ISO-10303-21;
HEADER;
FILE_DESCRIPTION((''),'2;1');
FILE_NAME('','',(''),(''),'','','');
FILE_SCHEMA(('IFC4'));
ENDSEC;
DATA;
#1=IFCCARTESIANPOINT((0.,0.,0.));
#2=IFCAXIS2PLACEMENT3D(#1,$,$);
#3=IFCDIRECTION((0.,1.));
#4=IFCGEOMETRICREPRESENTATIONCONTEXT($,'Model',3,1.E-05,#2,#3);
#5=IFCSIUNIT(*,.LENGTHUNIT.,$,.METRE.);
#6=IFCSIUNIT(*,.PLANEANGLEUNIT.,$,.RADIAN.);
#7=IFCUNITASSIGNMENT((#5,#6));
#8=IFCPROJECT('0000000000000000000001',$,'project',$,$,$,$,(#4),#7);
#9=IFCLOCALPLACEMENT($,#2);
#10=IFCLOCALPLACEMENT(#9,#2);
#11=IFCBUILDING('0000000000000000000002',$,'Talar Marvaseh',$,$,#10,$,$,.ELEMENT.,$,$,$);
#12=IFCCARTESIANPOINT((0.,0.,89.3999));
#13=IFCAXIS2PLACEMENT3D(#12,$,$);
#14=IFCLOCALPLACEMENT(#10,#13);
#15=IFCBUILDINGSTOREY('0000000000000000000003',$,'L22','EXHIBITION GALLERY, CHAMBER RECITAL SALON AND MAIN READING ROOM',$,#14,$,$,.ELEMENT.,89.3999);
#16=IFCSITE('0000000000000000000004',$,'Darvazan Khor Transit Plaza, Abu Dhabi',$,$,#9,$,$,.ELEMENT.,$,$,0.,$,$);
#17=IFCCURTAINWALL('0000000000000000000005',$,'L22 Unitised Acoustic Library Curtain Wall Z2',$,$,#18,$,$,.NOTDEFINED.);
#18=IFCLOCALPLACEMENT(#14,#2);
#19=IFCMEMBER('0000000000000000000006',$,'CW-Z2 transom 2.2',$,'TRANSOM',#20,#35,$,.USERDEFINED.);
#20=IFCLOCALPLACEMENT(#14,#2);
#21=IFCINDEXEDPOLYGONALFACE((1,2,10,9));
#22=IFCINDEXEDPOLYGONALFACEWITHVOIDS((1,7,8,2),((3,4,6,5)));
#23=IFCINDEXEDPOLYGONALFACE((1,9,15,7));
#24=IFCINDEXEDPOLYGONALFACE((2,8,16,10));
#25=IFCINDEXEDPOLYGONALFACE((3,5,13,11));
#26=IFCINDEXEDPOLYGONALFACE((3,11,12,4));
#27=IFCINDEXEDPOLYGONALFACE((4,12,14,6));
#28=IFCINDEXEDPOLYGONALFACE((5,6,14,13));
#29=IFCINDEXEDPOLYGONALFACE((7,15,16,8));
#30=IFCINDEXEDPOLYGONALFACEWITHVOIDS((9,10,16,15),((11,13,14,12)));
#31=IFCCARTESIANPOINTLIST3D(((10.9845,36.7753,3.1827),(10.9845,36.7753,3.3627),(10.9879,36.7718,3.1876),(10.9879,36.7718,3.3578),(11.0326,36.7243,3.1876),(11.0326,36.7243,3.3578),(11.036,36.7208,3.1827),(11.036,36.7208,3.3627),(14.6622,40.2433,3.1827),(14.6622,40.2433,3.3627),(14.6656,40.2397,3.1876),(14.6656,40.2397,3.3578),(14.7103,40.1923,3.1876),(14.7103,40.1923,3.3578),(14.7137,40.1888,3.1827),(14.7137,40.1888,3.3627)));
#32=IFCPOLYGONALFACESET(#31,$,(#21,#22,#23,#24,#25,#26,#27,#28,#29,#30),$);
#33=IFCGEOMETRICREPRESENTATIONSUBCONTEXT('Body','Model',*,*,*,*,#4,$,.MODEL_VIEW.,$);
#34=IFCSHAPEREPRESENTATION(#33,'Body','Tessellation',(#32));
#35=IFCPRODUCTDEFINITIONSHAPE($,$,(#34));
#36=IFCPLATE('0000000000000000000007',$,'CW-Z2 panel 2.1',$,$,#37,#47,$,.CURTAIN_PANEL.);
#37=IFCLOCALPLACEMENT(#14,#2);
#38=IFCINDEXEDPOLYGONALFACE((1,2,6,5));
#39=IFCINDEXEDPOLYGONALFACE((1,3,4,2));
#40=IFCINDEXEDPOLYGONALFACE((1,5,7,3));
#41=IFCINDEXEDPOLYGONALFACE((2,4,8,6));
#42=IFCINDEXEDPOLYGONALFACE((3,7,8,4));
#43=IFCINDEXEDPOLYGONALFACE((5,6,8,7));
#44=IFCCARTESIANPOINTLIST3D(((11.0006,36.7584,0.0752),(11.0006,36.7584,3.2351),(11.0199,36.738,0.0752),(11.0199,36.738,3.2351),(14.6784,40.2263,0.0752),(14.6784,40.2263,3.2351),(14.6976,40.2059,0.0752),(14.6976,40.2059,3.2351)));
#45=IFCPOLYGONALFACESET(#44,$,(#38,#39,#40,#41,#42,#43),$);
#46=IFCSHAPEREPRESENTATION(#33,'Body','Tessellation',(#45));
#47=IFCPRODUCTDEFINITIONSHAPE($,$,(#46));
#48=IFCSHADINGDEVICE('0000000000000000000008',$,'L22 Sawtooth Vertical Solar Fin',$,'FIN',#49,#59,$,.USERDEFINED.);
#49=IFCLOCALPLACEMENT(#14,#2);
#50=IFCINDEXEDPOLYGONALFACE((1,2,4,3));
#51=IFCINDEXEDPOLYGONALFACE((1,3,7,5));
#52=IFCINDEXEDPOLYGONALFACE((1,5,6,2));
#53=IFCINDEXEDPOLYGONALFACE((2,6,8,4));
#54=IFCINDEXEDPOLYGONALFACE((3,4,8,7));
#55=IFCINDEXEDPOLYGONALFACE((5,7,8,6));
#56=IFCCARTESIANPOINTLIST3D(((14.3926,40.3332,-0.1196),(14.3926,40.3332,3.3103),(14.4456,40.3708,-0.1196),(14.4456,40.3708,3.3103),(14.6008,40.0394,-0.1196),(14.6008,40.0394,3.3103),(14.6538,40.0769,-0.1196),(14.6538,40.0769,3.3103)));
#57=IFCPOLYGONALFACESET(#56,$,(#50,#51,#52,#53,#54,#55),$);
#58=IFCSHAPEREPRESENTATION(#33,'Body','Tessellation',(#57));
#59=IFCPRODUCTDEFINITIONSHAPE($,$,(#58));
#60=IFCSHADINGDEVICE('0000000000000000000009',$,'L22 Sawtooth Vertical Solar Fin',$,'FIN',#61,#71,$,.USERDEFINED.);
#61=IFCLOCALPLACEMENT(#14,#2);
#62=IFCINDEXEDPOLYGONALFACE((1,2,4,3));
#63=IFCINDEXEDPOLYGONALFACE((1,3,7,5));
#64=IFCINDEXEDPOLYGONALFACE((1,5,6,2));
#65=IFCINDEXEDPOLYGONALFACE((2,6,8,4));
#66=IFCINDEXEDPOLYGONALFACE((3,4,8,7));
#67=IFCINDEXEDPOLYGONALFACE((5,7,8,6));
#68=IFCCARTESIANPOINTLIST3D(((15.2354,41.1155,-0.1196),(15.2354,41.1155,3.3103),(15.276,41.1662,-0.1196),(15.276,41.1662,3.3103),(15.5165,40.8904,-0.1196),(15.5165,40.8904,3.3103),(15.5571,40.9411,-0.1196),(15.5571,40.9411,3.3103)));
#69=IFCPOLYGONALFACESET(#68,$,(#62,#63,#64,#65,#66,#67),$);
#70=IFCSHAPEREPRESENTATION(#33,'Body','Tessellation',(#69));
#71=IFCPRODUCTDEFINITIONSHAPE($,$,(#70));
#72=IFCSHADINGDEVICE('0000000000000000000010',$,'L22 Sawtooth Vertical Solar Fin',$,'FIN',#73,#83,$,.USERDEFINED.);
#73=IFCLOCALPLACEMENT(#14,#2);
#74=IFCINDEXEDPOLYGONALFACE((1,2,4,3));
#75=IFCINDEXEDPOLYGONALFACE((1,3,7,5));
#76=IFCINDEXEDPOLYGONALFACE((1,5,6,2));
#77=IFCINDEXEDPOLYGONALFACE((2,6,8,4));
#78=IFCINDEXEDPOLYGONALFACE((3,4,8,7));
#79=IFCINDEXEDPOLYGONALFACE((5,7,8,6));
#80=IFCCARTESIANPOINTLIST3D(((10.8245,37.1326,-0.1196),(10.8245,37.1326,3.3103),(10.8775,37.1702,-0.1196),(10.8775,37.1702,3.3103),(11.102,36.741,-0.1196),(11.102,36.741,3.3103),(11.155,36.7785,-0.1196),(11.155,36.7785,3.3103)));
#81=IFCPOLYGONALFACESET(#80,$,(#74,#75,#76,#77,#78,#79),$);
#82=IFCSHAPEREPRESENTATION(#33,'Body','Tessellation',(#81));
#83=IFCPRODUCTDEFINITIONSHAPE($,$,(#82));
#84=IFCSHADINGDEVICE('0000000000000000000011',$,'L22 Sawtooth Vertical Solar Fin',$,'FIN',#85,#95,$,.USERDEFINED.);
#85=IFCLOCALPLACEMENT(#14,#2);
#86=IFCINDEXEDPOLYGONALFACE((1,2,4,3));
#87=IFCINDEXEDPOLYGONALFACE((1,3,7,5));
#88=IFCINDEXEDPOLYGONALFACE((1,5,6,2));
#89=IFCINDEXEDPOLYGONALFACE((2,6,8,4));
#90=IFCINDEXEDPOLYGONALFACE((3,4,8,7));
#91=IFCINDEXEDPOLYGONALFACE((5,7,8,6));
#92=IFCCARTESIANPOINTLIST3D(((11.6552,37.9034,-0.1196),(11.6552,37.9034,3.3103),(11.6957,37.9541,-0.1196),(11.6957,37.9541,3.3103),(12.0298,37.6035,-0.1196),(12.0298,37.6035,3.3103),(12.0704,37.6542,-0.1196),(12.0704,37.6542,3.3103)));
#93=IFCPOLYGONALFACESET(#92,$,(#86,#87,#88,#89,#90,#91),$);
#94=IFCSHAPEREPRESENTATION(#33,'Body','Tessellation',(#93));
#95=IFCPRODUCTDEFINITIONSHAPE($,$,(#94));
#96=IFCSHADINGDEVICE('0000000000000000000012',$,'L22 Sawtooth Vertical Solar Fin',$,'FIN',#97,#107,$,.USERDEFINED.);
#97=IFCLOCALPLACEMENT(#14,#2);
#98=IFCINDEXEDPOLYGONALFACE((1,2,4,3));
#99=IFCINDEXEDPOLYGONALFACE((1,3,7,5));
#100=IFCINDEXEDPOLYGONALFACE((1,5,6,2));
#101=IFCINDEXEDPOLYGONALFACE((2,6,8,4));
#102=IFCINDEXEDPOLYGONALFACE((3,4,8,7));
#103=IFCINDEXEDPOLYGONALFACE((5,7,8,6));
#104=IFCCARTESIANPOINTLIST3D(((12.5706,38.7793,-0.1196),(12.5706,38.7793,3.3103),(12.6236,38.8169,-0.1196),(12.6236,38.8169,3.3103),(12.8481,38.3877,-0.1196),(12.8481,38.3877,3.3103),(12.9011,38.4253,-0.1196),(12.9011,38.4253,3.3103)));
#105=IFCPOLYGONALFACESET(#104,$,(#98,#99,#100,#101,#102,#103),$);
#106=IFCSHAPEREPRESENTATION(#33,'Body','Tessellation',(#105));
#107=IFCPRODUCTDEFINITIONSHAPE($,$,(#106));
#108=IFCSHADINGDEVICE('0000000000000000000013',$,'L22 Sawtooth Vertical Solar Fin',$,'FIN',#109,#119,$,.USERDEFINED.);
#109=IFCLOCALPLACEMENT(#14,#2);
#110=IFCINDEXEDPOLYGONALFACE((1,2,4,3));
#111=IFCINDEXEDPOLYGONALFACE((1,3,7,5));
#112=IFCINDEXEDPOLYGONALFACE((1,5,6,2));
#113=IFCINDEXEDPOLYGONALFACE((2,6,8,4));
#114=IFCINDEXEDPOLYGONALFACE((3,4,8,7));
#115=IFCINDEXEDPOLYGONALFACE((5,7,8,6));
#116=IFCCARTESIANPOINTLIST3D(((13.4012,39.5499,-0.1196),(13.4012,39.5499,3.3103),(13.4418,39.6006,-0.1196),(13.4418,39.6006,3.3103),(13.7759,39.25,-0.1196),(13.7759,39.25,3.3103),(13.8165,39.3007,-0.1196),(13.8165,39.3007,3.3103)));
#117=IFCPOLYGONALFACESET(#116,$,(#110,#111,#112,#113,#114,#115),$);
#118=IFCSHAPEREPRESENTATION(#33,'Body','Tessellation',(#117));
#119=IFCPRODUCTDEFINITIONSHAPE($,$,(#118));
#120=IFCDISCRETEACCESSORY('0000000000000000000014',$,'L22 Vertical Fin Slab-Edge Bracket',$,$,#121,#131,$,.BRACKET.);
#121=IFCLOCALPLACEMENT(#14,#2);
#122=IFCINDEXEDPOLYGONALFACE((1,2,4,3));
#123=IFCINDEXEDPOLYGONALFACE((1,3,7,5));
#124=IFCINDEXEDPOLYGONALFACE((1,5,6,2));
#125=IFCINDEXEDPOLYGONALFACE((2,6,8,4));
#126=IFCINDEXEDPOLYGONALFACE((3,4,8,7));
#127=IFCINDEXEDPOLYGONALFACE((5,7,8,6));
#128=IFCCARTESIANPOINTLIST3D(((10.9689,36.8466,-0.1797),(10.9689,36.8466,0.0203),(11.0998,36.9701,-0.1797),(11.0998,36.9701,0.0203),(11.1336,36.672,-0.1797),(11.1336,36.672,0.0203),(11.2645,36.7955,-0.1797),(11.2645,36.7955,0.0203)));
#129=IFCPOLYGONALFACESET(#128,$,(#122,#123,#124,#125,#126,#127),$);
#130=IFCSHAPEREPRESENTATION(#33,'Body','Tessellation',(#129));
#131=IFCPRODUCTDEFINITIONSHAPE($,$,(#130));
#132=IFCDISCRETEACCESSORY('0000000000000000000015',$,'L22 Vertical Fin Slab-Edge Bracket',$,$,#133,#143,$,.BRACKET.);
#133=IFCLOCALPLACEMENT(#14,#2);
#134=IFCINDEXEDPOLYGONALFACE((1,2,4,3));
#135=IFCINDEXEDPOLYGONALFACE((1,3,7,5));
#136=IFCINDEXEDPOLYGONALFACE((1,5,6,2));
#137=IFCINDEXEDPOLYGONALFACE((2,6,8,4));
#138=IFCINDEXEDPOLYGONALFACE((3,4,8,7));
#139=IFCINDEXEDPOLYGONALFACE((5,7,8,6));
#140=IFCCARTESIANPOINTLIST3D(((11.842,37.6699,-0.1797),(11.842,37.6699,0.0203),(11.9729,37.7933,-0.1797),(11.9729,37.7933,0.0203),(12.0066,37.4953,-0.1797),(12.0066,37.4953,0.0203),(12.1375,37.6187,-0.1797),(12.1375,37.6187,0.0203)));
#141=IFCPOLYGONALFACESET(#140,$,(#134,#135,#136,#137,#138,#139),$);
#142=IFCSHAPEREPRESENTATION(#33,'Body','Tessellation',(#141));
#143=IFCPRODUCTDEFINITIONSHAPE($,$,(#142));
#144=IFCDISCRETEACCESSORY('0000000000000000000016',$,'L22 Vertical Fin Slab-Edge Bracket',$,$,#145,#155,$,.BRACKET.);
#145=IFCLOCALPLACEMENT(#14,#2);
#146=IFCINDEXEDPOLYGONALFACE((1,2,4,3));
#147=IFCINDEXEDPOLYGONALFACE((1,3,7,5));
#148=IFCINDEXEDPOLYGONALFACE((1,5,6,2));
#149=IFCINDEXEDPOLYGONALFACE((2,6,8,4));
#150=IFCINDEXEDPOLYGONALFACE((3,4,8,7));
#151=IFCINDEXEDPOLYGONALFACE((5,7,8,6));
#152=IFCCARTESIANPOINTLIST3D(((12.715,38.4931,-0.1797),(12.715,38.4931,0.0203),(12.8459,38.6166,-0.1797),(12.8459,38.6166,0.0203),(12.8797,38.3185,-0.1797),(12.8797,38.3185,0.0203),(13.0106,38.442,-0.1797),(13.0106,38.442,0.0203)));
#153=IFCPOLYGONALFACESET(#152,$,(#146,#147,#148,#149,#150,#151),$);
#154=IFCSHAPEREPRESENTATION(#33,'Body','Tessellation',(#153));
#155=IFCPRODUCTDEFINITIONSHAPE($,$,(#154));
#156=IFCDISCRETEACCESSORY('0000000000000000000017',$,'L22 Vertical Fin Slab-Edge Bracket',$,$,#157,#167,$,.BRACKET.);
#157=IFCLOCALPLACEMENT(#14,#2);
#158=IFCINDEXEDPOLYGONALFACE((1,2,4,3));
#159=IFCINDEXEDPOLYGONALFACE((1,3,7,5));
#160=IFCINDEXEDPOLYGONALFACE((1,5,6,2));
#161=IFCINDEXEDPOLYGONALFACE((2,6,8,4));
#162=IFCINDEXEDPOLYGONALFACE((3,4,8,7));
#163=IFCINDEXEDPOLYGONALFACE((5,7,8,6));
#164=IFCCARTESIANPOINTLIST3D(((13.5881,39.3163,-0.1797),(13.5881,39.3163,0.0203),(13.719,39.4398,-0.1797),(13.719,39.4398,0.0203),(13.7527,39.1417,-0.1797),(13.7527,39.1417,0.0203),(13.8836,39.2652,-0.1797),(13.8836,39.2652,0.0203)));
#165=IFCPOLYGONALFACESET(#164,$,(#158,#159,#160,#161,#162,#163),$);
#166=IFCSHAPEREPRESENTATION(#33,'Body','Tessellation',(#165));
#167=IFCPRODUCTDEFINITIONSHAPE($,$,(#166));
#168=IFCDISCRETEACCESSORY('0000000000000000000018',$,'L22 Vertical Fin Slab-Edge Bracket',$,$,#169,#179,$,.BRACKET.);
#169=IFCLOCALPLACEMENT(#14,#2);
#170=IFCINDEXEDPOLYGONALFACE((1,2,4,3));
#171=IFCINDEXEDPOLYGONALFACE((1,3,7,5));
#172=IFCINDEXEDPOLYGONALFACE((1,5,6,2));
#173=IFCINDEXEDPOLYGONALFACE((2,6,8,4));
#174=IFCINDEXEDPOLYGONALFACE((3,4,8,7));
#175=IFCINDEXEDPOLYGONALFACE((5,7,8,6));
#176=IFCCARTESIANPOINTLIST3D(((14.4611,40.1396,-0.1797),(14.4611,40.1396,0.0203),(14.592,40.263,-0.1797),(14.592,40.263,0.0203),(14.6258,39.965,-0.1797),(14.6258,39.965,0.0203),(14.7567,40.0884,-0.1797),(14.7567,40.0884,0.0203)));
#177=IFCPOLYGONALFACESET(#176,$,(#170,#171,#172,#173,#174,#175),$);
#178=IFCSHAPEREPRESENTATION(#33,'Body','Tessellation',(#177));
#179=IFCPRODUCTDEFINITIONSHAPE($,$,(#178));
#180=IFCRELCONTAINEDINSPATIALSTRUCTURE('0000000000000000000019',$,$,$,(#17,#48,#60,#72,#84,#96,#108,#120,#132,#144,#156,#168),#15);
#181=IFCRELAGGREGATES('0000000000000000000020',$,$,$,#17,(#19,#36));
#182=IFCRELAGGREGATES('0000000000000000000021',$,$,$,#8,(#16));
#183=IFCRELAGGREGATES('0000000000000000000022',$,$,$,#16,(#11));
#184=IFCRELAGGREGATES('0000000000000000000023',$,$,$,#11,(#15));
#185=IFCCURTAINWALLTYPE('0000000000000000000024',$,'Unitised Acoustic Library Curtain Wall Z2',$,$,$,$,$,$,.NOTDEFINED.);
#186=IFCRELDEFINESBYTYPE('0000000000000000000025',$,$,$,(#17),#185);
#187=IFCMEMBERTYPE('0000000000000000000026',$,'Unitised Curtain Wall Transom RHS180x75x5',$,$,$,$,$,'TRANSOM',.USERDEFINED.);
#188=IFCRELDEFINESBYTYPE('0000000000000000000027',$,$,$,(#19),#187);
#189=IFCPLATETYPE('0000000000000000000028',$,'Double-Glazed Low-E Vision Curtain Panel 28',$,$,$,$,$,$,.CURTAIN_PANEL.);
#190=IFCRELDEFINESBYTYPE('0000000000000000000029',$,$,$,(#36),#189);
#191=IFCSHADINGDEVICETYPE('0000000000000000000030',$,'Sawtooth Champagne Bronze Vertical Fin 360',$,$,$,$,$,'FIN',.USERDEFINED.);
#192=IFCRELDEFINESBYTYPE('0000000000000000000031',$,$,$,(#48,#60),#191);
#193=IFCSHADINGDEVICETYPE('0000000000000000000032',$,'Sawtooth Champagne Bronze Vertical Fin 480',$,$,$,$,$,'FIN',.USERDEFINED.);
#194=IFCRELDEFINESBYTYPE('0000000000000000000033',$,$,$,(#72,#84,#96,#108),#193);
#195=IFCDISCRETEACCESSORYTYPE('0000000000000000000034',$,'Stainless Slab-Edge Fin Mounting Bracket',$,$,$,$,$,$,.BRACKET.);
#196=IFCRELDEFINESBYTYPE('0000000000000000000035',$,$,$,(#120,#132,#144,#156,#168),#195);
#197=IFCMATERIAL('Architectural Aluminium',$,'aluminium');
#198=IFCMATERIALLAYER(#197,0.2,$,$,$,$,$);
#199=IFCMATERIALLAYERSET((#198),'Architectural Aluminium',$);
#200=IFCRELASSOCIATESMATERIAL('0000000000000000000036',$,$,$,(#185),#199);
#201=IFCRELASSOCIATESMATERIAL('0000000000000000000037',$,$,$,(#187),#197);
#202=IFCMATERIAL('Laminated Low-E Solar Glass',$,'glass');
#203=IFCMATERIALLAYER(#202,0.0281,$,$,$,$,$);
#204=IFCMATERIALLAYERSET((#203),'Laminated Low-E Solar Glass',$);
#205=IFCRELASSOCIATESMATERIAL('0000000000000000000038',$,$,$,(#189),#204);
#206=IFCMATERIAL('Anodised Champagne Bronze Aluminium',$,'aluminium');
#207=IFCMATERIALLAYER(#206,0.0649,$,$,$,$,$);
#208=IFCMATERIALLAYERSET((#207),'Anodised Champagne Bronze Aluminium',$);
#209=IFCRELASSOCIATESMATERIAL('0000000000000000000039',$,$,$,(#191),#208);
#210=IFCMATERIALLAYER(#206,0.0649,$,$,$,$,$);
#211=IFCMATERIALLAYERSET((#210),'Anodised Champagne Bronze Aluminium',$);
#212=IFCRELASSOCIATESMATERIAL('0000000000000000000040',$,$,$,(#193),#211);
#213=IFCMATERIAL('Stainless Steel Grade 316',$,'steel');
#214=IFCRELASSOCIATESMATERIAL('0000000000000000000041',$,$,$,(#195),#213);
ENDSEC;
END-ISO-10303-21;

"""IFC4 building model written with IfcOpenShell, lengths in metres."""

from ifc_helpers import new_model, si_unit, direction, frame, origin, origin_2d, place, context, subcontext, project, spatial, rectangle, hollow_rectangle, extrude, source, transform, mapped, material, layer, layer_set, material_profile, profile_set, type_object, type_shapes, element, aggregate, save


model = new_model("IFC4")

# Units and contexts
model_context = context("Model", 3, precision=1e-05, world=origin(), true_north=direction((0.0, 1.0)))
body_context = subcontext(model_context, "Body", "Model", "MODEL_VIEW")
ifc_project = project(units=[si_unit("LENGTHUNIT", "METRE"), si_unit("PLANEANGLEUNIT", "RADIAN")], contexts=[model_context])

# Site, building, storey
site_placement = place(None, origin())
site = spatial("IfcSite", under=ifc_project, at=site_placement, Name="Darvazan Khor Transit Plaza, Abu Dhabi", CompositionType="ELEMENT", RefElevation=0.0)
building_placement = place(site_placement, origin())
building = spatial("IfcBuilding", under=site, at=building_placement, Name="Talar Marvaseh", CompositionType="ELEMENT")
storey_placement = place(building_placement, frame((0.0, 0.0, 89.3999)))
storey = spatial("IfcBuildingStorey", under=building, at=storey_placement, Name="L22", Description="EXHIBITION GALLERY, CHAMBER RECITAL SALON AND MAIN READING ROOM", CompositionType="ELEMENT", Elevation=89.3999)

# Curtain wall, member, plate
ifc_material_1 = material(Name="Architectural Aluminium", Category="aluminium")
ifc_layer_1 = layer(ifc_material_1, 0.2)
ifc_layer_set_1 = layer_set([ifc_layer_1], Name="Architectural Aluminium")
curtain_wall_type = type_object("IfcCurtainWallType", Name="Unitised Acoustic Library Curtain Wall Z2", PredefinedType="NOTDEFINED", material=ifc_layer_set_1)
curtain_wall_placement = place(storey_placement, origin())
curtain_wall = element("IfcCurtainWall", 1, at=curtain_wall_placement, inside=storey, type_object=curtain_wall_type, Name="L22 Unitised Acoustic Library Curtain Wall Z2", PredefinedType="NOTDEFINED")
ifc_material_profile_1 = material_profile(ifc_material_1, hollow_rectangle(XDim=0.075, YDim=0.1799, WallThickness=0.0049, at=origin_2d()), Name="RHS180x75x5")
ifc_profile_set_1 = profile_set([ifc_material_profile_1], Name="Architectural Aluminium")
member_type_1 = type_object("IfcMemberType", Name="Unitised Curtain Wall Transom RHS180x75x5", ElementType="TRANSOM", PredefinedType="USERDEFINED", material=ifc_profile_set_1)
shared_shape_1 = source(origin(), body_context, "Body", "SweptSolid", [
    extrude(hollow_rectangle(XDim=0.075, YDim=0.1799, WallThickness=0.0049, at=origin_2d()), origin(), (0.0, 0.0, 1.0), 5.0549),
])
member_1_placement = place(storey_placement, frame((11.0103, 36.748, 3.2727), z_axis=(0.727546, 0.686059, 0.0), x_axis=(-0.686059, 0.727546, 0.0)))
member_1 = element("IfcMember", 2, at=member_1_placement, type_object=member_type_1, Name="CW-Z2 transom 2.2", ObjectType="TRANSOM", PredefinedType="USERDEFINED", context=body_context, shape_type="MappedRepresentation", body=[
    mapped(shared_shape_1, transform((0.0, 0.0, 0.0), x_axis=(1.0, 0.0, 0.0), y_axis=(0.0, 1.0, 0.0), z_axis=(0.0, 0.0, 1.0), scale=1.0)),
])
ifc_material_2 = material(Name="Laminated Low-E Solar Glass", Category="glass")
ifc_layer_2 = layer(ifc_material_2, 0.0281)
ifc_layer_set_2 = layer_set([ifc_layer_2], Name="Laminated Low-E Solar Glass")
plate_type = type_object("IfcPlateType", Name="Double-Glazed Low-E Vision Curtain Panel 28", PredefinedType="CURTAIN_PANEL", material=ifc_layer_set_2)
shared_shape_2 = source(origin(), body_context, "Body", "SweptSolid", [
    extrude(rectangle(XDim=5.0549, YDim=0.0281, at=origin_2d()), origin(), (0.0, 0.0, 1.0), 3.1599),
])
type_shapes(plate_type, [shared_shape_2])
plate_placement = place(storey_placement, frame((12.8491, 38.4822, 0.0752), z_axis=(0.0, 0.0, 1.0), x_axis=(0.727559, 0.686045, 0.0)))
plate = element("IfcPlate", 3, at=plate_placement, type_object=plate_type, Name="CW-Z2 panel 2.1", PredefinedType="CURTAIN_PANEL", context=body_context, shape_type="MappedRepresentation", body=[
    mapped(shared_shape_2, transform((0.0, 0.0, 0.0), x_axis=(1.0, 0.0, 0.0), y_axis=(0.0, 1.0, 0.0), z_axis=(0.0, 0.0, 1.0), scale=1.0)),
])
aggregate(curtain_wall, [member_1, plate])

# Shading devices
ifc_material_3 = material(Name="Anodised Champagne Bronze Aluminium", Category="aluminium")
ifc_layer_3 = layer(ifc_material_3, 0.0649)
ifc_layer_set_3 = layer_set([ifc_layer_3], Name="Anodised Champagne Bronze Aluminium")
shading_device_type_1 = type_object("IfcShadingDeviceType", Name="Sawtooth Champagne Bronze Vertical Fin 360", ElementType="FIN", PredefinedType="USERDEFINED", material=ifc_layer_set_3)
shared_shape_3 = source(origin(), body_context, "Body", "SweptSolid", [
    extrude(rectangle(XDim=0.3601, YDim=0.0649, at=origin_2d()), origin(), (0.0, 0.0, 1.0), 3.4299),
])
type_shapes(shading_device_type_1, [shared_shape_3])
for number, where, z_axis, x_axis, name in (
    (4, (14.5232, 40.2051, -0.1196), (0.0, 0.0, 1.0), (-0.578142, 0.815936, 0.0), "L22 Sawtooth Vertical Solar Fin"),
    (5, (15.3962, 41.0283, -0.1196), (0.0, 0.0, 1.0), (-0.780649, 0.62497, 0.0), "L22 Sawtooth Vertical Solar Fin"),
):
    element("IfcShadingDevice", number, at=place(storey_placement, frame(where, z_axis=z_axis, x_axis=x_axis)), inside=storey, type_object=shading_device_type_1, Name=name, ObjectType="FIN", PredefinedType="USERDEFINED", context=body_context, shape_type="MappedRepresentation", body=[
        mapped(shared_shape_3, transform((0.0, 0.0, 0.0), x_axis=(1.0, 0.0, 0.0), y_axis=(0.0, 1.0, 0.0), z_axis=(0.0, 0.0, 1.0), scale=1.0)),
    ])
ifc_layer_4 = layer(ifc_material_3, 0.0649)
ifc_layer_set_4 = layer_set([ifc_layer_4], Name="Anodised Champagne Bronze Aluminium")
shading_device_type_2 = type_object("IfcShadingDeviceType", Name="Sawtooth Champagne Bronze Vertical Fin 480", ElementType="FIN", PredefinedType="USERDEFINED", material=ifc_layer_set_4)
shared_shape_4 = source(origin(), body_context, "Body", "SweptSolid", [
    extrude(rectangle(XDim=0.48, YDim=0.0649, at=origin_2d()), origin(), (0.0, 0.0, 1.0), 3.4299),
])
type_shapes(shading_device_type_2, [shared_shape_4])
for number, where, z_axis, x_axis, name in (
    (6, (10.9897, 36.9556, -0.1196), (0.0, 0.0, 1.0), (-0.578142, 0.815936, 0.0), "L22 Sawtooth Vertical Solar Fin"),
    (7, (11.8628, 37.7788, -0.1196), (0.0, 0.0, 1.0), (-0.780649, 0.62497, 0.0), "L22 Sawtooth Vertical Solar Fin"),
    (8, (12.7358, 38.6023, -0.1196), (0.0, 0.0, 1.0), (-0.578142, 0.815936, 0.0), "L22 Sawtooth Vertical Solar Fin"),
    (9, (13.6089, 39.4253, -0.1196), (0.0, 0.0, 1.0), (-0.780649, 0.62497, 0.0), "L22 Sawtooth Vertical Solar Fin"),
):
    element("IfcShadingDevice", number, at=place(storey_placement, frame(where, z_axis=z_axis, x_axis=x_axis)), inside=storey, type_object=shading_device_type_2, Name=name, ObjectType="FIN", PredefinedType="USERDEFINED", context=body_context, shape_type="MappedRepresentation", body=[
        mapped(shared_shape_4, transform((0.0, 0.0, 0.0), x_axis=(1.0, 0.0, 0.0), y_axis=(0.0, 1.0, 0.0), z_axis=(0.0, 0.0, 1.0), scale=1.0)),
    ])

# Discrete accessories
ifc_material_4 = material(Name="Stainless Steel Grade 316", Category="steel")
discrete_accessory_type = type_object("IfcDiscreteAccessoryType", Name="Stainless Slab-Edge Fin Mounting Bracket", PredefinedType="BRACKET", material=ifc_material_4)
shared_shape_5 = source(origin(), body_context, "Body", "SweptSolid", [
    extrude(rectangle(XDim=0.24, YDim=0.1799, at=origin_2d()), origin(), (0.0, 0.0, 1.0), 0.2),
])
type_shapes(discrete_accessory_type, [shared_shape_5])
for number, where, z_axis, x_axis, name in (
    (10, (11.1167, 36.821, -0.1797), (0.0, 0.0, 1.0), (-0.686072, 0.727533, 0.0), "L22 Vertical Fin Slab-Edge Bracket"),
    (11, (11.9897, 37.6443, -0.1797), (0.0, 0.0, 1.0), (-0.686072, 0.727533, 0.0), "L22 Vertical Fin Slab-Edge Bracket"),
    (12, (12.8628, 38.4675, -0.1797), (0.0, 0.0, 1.0), (-0.686072, 0.727533, 0.0), "L22 Vertical Fin Slab-Edge Bracket"),
    (13, (13.7358, 39.2908, -0.1797), (0.0, 0.0, 1.0), (-0.686072, 0.727533, 0.0), "L22 Vertical Fin Slab-Edge Bracket"),
    (14, (14.6089, 40.114, -0.1797), (0.0, 0.0, 1.0), (-0.686072, 0.727533, 0.0), "L22 Vertical Fin Slab-Edge Bracket"),
):
    element("IfcDiscreteAccessory", number, at=place(storey_placement, frame(where, z_axis=z_axis, x_axis=x_axis)), inside=storey, type_object=discrete_accessory_type, Name=name, PredefinedType="BRACKET", context=body_context, shape_type="MappedRepresentation", body=[
        mapped(shared_shape_5, transform((0.0, 0.0, 0.0), x_axis=(1.0, 0.0, 0.0), y_axis=(0.0, 1.0, 0.0), z_axis=(0.0, 0.0, 1.0), scale=1.0)),
    ])

save(model, "model.ifc")
